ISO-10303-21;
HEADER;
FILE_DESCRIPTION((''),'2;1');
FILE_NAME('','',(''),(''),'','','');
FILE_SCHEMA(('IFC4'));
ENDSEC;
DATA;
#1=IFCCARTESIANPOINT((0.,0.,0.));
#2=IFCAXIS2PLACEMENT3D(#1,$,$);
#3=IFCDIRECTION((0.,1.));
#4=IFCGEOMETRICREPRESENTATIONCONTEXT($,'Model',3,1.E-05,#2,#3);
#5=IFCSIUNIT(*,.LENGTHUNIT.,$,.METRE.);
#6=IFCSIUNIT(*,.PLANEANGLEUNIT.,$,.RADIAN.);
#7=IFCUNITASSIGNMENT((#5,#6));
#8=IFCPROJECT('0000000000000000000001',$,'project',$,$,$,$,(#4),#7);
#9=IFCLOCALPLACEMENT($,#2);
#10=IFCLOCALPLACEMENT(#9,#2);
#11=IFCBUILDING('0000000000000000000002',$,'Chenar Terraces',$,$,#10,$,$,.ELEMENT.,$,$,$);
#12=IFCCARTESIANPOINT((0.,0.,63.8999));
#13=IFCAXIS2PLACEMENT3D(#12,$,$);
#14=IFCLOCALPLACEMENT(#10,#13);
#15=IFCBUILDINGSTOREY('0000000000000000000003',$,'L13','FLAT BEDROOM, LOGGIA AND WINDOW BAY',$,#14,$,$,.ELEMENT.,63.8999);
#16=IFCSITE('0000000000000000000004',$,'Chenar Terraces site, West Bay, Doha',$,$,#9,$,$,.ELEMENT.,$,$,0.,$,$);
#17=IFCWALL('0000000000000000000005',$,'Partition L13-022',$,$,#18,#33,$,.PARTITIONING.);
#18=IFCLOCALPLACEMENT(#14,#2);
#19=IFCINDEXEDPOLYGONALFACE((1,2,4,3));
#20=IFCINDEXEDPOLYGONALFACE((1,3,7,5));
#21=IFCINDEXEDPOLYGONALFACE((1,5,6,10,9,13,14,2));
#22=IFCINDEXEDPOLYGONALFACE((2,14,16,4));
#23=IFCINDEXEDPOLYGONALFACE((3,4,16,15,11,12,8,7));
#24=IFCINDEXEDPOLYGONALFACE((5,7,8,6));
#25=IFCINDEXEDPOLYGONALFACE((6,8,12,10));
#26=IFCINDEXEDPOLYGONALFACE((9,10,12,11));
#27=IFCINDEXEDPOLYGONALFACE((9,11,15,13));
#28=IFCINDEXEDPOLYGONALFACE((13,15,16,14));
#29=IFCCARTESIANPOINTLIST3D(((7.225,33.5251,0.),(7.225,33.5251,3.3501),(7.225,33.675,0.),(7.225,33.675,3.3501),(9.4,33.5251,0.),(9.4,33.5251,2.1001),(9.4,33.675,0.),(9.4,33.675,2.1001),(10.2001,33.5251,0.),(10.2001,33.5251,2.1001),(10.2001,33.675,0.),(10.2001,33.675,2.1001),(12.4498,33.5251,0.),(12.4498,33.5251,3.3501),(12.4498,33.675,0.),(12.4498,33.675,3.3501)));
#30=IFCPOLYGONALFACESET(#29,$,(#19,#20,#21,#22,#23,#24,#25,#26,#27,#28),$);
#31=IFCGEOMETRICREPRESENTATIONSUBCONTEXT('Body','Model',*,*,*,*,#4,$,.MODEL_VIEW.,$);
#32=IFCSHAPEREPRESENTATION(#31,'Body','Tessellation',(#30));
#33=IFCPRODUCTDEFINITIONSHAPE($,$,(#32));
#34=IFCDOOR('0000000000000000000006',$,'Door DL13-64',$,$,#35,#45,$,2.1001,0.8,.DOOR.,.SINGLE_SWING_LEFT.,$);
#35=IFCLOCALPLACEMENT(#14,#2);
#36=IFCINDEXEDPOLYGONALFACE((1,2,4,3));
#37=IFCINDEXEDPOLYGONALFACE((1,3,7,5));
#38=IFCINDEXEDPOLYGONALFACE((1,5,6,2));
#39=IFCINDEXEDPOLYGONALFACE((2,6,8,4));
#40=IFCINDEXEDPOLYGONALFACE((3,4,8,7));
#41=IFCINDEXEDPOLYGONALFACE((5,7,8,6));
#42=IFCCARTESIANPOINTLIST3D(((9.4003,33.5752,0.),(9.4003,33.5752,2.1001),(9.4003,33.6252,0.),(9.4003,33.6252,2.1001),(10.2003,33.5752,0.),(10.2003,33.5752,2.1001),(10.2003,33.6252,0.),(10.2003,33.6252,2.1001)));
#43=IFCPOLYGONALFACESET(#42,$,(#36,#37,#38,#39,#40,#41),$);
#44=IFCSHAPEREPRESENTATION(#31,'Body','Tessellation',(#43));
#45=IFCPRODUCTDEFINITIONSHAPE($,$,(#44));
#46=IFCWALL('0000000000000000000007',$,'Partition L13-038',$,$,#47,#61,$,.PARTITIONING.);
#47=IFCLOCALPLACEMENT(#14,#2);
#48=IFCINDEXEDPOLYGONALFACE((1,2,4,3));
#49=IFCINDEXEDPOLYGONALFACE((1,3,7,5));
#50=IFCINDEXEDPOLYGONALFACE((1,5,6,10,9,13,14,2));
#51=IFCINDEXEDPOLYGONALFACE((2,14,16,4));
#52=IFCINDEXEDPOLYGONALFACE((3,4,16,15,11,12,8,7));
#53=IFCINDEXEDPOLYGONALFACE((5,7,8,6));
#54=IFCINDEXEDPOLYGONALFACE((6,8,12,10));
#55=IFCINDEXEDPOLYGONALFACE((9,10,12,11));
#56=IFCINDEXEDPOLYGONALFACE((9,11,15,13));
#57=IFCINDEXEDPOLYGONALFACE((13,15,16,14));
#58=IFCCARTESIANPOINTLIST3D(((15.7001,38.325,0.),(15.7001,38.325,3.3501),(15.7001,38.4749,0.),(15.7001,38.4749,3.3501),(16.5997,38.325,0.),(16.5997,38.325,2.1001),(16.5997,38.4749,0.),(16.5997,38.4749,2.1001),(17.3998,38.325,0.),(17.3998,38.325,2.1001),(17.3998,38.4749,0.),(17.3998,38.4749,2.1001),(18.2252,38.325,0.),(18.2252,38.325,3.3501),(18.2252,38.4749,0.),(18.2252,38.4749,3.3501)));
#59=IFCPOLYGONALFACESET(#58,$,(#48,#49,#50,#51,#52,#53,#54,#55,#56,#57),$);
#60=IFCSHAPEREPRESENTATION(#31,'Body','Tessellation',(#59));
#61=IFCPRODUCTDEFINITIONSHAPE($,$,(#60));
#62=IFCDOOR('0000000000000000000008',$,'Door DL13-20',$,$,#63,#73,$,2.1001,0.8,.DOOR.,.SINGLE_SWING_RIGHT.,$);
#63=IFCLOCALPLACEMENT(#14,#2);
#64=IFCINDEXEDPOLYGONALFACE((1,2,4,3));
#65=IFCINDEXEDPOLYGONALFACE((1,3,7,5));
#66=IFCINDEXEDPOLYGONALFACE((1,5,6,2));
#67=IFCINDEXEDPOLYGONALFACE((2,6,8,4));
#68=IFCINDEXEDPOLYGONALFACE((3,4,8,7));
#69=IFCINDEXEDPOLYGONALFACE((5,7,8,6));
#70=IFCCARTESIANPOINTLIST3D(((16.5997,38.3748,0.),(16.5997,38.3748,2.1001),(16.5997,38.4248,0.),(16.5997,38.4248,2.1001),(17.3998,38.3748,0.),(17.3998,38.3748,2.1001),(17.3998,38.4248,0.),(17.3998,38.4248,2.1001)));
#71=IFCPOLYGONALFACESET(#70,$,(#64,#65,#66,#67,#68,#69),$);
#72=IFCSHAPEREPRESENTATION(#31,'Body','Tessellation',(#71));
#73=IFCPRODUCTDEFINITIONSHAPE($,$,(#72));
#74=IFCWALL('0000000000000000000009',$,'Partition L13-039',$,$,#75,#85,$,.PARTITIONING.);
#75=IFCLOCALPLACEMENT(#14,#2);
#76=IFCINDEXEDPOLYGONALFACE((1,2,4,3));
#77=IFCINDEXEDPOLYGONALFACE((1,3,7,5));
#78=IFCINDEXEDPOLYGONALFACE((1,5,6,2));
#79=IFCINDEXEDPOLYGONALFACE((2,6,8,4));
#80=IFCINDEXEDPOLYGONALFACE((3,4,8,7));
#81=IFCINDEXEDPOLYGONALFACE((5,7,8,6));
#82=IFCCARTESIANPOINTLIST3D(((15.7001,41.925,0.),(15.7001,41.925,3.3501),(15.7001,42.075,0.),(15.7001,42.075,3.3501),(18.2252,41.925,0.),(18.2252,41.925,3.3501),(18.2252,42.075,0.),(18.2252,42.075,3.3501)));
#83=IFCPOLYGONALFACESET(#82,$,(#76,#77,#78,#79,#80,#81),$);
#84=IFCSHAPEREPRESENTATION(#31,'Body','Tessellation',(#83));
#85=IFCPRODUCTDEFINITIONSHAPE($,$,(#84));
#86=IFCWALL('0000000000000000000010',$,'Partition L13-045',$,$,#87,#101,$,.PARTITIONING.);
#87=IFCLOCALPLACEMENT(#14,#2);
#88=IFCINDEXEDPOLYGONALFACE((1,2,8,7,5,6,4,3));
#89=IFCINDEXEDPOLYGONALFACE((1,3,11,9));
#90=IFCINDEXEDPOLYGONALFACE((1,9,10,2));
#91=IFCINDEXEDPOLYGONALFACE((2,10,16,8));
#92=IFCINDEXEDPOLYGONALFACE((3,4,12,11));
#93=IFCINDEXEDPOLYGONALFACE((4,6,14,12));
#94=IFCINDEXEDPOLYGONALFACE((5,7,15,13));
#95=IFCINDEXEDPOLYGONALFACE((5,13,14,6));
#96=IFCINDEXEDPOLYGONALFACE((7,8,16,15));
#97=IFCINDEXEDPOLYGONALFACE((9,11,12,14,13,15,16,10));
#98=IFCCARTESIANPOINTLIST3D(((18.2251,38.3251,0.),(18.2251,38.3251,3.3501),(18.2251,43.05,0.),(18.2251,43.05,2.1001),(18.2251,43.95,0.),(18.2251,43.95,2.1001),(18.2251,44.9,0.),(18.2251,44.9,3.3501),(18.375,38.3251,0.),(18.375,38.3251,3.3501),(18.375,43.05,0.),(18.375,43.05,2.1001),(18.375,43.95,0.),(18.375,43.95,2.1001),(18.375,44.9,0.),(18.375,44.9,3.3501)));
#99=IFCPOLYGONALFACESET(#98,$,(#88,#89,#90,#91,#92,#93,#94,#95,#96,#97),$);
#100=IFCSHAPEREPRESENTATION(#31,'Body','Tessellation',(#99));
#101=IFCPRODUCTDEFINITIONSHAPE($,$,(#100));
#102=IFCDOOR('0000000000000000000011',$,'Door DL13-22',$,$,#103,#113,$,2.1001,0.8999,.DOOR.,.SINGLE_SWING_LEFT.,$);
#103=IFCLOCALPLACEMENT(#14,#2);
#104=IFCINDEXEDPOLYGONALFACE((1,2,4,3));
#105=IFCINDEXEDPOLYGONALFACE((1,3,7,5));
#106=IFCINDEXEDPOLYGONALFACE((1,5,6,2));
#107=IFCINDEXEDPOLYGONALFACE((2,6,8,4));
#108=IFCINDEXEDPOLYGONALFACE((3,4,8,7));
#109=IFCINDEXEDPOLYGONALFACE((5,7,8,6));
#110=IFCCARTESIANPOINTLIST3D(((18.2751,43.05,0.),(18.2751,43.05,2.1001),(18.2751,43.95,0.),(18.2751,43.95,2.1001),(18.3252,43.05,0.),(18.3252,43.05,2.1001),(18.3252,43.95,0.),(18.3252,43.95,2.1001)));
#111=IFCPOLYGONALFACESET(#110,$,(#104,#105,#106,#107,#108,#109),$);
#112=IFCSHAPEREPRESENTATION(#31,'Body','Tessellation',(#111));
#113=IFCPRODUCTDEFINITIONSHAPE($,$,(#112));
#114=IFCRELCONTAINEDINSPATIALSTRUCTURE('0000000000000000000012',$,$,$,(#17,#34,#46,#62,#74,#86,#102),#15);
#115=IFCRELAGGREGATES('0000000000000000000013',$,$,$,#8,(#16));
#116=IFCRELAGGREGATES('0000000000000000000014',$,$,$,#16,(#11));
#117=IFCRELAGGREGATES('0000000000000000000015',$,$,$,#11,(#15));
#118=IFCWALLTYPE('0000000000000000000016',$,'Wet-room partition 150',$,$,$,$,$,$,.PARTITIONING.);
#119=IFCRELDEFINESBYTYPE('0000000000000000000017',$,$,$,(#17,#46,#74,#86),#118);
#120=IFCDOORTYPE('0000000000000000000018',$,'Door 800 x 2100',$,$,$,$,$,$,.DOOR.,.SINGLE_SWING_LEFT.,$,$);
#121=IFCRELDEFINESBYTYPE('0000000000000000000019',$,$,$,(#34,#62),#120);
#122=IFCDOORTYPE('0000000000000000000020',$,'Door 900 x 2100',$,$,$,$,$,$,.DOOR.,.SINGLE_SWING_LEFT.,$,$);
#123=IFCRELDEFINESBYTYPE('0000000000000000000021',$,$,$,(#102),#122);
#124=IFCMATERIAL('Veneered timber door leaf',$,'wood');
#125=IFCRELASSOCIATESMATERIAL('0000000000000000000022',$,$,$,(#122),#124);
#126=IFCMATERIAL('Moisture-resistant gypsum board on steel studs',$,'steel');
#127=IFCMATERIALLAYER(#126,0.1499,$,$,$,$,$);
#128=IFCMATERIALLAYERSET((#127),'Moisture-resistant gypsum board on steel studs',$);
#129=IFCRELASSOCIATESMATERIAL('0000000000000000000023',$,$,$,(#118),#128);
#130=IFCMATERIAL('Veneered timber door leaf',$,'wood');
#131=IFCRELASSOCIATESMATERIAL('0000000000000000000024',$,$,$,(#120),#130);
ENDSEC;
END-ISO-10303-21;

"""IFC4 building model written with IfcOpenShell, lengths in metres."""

from ifc_helpers import new_model, si_unit, direction, frame, frame_2d, origin, place, context, subcontext, project, spatial, rectangle, extrude, material, layer, layer_set, type_object, element, fill, save


model = new_model("IFC4")

# Units and contexts
model_context = context("Model", 3, precision=1e-05, world=origin(), true_north=direction((0.0, 1.0)))
body_context = subcontext(model_context, "Body", "Model", "MODEL_VIEW")
ifc_project = project(units=[si_unit("LENGTHUNIT", "METRE"), si_unit("PLANEANGLEUNIT", "RADIAN")], contexts=[model_context])

# Site, building, storey
site_placement = place(None, origin())
site = spatial("IfcSite", under=ifc_project, at=site_placement, Name="Chenar Terraces site, West Bay, Doha", CompositionType="ELEMENT", RefElevation=0.0)
building_placement = place(site_placement, origin())
building = spatial("IfcBuilding", under=site, at=building_placement, Name="Chenar Terraces", CompositionType="ELEMENT")
storey_placement = place(building_placement, frame((0.0, 0.0, 63.8999)))
storey = spatial("IfcBuildingStorey", under=building, at=storey_placement, Name="L13", Description="FLAT BEDROOM, LOGGIA AND WINDOW BAY", CompositionType="ELEMENT", Elevation=63.8999)

# Shared definitions
ifc_material_1 = material(Name="Veneered timber door leaf", Category="wood")
door_type_1 = type_object("IfcDoorType", Name="Door 900 x 2100", OperationType="SINGLE_SWING_LEFT", PredefinedType="DOOR", material=ifc_material_1)

# Walls, openings, doors
ifc_material_2 = material(Name="Moisture-resistant gypsum board on steel studs", Category="steel")
ifc_layer_1 = layer(ifc_material_2, 0.1499)
ifc_layer_set_1 = layer_set([ifc_layer_1], Name="Moisture-resistant gypsum board on steel studs")
wall_type_1 = type_object("IfcWallType", Name="Wet-room partition 150", PredefinedType="PARTITIONING", material=ifc_layer_set_1)
wall_1_placement = place(storey_placement, frame((7.2251, 33.6001, 0.0), z_axis=(0.0, 0.0, 1.0), x_axis=(1.0, 0.0, 0.0)))
wall_1 = element("IfcWall", 1, at=wall_1_placement, inside=storey, type_object=wall_type_1, Name="Partition L13-022", PredefinedType="PARTITIONING", context=body_context, shape_type="SweptSolid", body=[
    extrude(rectangle(XDim=5.2249, YDim=0.1499, at=frame_2d((2.6123, 0.0))), origin(), (0.0, 0.0, 1.0), 3.3501),
])
opening_1_placement = place(wall_1_placement, frame((2.175, 0.0, 0.0)))
opening_1 = element("IfcOpeningElement", 2, at=opening_1_placement, cuts=wall_1, PredefinedType="OPENING", context=body_context, shape_type="SweptSolid", body=[
    extrude(rectangle(XDim=0.8, YDim=2.1001, at=frame_2d((0.3999, 1.05))), frame((0.0, 0.085, 0.0), z_axis=(0.0, -1.0, 0.0), x_axis=(1.0, 0.0, 0.0)), (0.0, 0.0, 1.0), 0.1699),
])
ifc_material_3 = material(Name="Veneered timber door leaf", Category="wood")
door_type_2 = type_object("IfcDoorType", Name="Door 800 x 2100", OperationType="SINGLE_SWING_LEFT", PredefinedType="DOOR", material=ifc_material_3)
door_1_placement = place(opening_1_placement, frame((0.8, 0.0, 0.0), z_axis=(0.0, 0.0, 1.0), x_axis=(-1.0, 0.0, 0.0)))
door_1 = element("IfcDoor", 3, at=door_1_placement, inside=storey, type_object=door_type_2, Name="Door DL13-64", OperationType="SINGLE_SWING_LEFT", OverallHeight=2.1001, OverallWidth=0.8, PredefinedType="DOOR", context=body_context, shape_type="SweptSolid", body=[
    extrude(rectangle(XDim=0.8, YDim=2.1001, at=frame_2d((0.3999, 1.05))), frame((0.0, 0.0249, 0.0), z_axis=(0.0, -1.0, 0.0), x_axis=(1.0, 0.0, 0.0)), (0.0, 0.0, 1.0), 0.05),
])
fill(opening_1, door_1)
wall_2_placement = place(storey_placement, frame((15.7, 38.3999, 0.0), z_axis=(0.0, 0.0, 1.0), x_axis=(1.0, 0.0, 0.0)))
wall_2 = element("IfcWall", 4, at=wall_2_placement, inside=storey, type_object=wall_type_1, Name="Partition L13-038", PredefinedType="PARTITIONING", context=body_context, shape_type="SweptSolid", body=[
    extrude(rectangle(XDim=2.5251, YDim=0.1499, at=frame_2d((1.2627, 0.0))), origin(), (0.0, 0.0, 1.0), 3.3501),
])
opening_2_placement = place(wall_2_placement, frame((0.8999, 0.0, 0.0)))
opening_2 = element("IfcOpeningElement", 5, at=opening_2_placement, cuts=wall_2, PredefinedType="OPENING", context=body_context, shape_type="SweptSolid", body=[
    extrude(rectangle(XDim=0.8, YDim=2.1001, at=frame_2d((0.3999, 1.05))), frame((0.0, 0.085, 0.0), z_axis=(0.0, -1.0, 0.0), x_axis=(1.0, 0.0, 0.0)), (0.0, 0.0, 1.0), 0.1699),
])
door_2_placement = place(opening_2_placement, origin())
door_2 = element("IfcDoor", 6, at=door_2_placement, inside=storey, type_object=door_type_2, Name="Door DL13-20", OperationType="SINGLE_SWING_RIGHT", OverallHeight=2.1001, OverallWidth=0.8, PredefinedType="DOOR", context=body_context, shape_type="SweptSolid", body=[
    extrude(rectangle(XDim=0.8, YDim=2.1001, at=frame_2d((0.3999, 1.05))), frame((0.0, 0.0249, 0.0), z_axis=(0.0, -1.0, 0.0), x_axis=(1.0, 0.0, 0.0)), (0.0, 0.0, 1.0), 0.05),
])
fill(opening_2, door_2)

# Wall
wall_3_placement = place(storey_placement, frame((15.7, 42.0, 0.0), z_axis=(0.0, 0.0, 1.0), x_axis=(1.0, 0.0, 0.0)))
element("IfcWall", 7, at=wall_3_placement, inside=storey, type_object=wall_type_1, Name="Partition L13-039", PredefinedType="PARTITIONING", context=body_context, shape_type="SweptSolid", body=[
    extrude(rectangle(XDim=2.5251, YDim=0.1499, at=frame_2d((1.2627, 0.0))), origin(), (0.0, 0.0, 1.0), 3.3501),
])

# Wall, opening, door
wall_4_placement = place(storey_placement, frame((18.3, 38.325, 0.0), z_axis=(0.0, 0.0, 1.0), x_axis=(0.0, 1.0, 0.0)))
wall_4 = element("IfcWall", 8, at=wall_4_placement, inside=storey, type_object=wall_type_1, Name="Partition L13-045", PredefinedType="PARTITIONING", context=body_context, shape_type="SweptSolid", body=[
    extrude(rectangle(XDim=6.575, YDim=0.1499, at=frame_2d((3.2876, 0.0))), origin(), (0.0, 0.0, 1.0), 3.3501),
])
opening_3_placement = place(wall_4_placement, frame((4.7251, 0.0, 0.0)))
opening_3 = element("IfcOpeningElement", 9, at=opening_3_placement, cuts=wall_4, PredefinedType="OPENING", context=body_context, shape_type="SweptSolid", body=[
    extrude(rectangle(XDim=0.8999, YDim=2.1001, at=frame_2d((0.45, 1.05))), frame((0.0, 0.085, 0.0), z_axis=(0.0, -1.0, 0.0), x_axis=(1.0, 0.0, 0.0)), (0.0, 0.0, 1.0), 0.1699),
])
door_3_placement = place(opening_3_placement, origin())
door_3 = element("IfcDoor", 10, at=door_3_placement, inside=storey, type_object=door_type_1, Name="Door DL13-22", OperationType="SINGLE_SWING_LEFT", OverallHeight=2.1001, OverallWidth=0.8999, PredefinedType="DOOR", context=body_context, shape_type="SweptSolid", body=[
    extrude(rectangle(XDim=0.8999, YDim=2.1001, at=frame_2d((0.45, 1.05))), frame((0.0, 0.0249, 0.0), z_axis=(0.0, -1.0, 0.0), x_axis=(1.0, 0.0, 0.0)), (0.0, 0.0, 1.0), 0.05),
])
fill(opening_3, door_3)

save(model, "model.ifc")
